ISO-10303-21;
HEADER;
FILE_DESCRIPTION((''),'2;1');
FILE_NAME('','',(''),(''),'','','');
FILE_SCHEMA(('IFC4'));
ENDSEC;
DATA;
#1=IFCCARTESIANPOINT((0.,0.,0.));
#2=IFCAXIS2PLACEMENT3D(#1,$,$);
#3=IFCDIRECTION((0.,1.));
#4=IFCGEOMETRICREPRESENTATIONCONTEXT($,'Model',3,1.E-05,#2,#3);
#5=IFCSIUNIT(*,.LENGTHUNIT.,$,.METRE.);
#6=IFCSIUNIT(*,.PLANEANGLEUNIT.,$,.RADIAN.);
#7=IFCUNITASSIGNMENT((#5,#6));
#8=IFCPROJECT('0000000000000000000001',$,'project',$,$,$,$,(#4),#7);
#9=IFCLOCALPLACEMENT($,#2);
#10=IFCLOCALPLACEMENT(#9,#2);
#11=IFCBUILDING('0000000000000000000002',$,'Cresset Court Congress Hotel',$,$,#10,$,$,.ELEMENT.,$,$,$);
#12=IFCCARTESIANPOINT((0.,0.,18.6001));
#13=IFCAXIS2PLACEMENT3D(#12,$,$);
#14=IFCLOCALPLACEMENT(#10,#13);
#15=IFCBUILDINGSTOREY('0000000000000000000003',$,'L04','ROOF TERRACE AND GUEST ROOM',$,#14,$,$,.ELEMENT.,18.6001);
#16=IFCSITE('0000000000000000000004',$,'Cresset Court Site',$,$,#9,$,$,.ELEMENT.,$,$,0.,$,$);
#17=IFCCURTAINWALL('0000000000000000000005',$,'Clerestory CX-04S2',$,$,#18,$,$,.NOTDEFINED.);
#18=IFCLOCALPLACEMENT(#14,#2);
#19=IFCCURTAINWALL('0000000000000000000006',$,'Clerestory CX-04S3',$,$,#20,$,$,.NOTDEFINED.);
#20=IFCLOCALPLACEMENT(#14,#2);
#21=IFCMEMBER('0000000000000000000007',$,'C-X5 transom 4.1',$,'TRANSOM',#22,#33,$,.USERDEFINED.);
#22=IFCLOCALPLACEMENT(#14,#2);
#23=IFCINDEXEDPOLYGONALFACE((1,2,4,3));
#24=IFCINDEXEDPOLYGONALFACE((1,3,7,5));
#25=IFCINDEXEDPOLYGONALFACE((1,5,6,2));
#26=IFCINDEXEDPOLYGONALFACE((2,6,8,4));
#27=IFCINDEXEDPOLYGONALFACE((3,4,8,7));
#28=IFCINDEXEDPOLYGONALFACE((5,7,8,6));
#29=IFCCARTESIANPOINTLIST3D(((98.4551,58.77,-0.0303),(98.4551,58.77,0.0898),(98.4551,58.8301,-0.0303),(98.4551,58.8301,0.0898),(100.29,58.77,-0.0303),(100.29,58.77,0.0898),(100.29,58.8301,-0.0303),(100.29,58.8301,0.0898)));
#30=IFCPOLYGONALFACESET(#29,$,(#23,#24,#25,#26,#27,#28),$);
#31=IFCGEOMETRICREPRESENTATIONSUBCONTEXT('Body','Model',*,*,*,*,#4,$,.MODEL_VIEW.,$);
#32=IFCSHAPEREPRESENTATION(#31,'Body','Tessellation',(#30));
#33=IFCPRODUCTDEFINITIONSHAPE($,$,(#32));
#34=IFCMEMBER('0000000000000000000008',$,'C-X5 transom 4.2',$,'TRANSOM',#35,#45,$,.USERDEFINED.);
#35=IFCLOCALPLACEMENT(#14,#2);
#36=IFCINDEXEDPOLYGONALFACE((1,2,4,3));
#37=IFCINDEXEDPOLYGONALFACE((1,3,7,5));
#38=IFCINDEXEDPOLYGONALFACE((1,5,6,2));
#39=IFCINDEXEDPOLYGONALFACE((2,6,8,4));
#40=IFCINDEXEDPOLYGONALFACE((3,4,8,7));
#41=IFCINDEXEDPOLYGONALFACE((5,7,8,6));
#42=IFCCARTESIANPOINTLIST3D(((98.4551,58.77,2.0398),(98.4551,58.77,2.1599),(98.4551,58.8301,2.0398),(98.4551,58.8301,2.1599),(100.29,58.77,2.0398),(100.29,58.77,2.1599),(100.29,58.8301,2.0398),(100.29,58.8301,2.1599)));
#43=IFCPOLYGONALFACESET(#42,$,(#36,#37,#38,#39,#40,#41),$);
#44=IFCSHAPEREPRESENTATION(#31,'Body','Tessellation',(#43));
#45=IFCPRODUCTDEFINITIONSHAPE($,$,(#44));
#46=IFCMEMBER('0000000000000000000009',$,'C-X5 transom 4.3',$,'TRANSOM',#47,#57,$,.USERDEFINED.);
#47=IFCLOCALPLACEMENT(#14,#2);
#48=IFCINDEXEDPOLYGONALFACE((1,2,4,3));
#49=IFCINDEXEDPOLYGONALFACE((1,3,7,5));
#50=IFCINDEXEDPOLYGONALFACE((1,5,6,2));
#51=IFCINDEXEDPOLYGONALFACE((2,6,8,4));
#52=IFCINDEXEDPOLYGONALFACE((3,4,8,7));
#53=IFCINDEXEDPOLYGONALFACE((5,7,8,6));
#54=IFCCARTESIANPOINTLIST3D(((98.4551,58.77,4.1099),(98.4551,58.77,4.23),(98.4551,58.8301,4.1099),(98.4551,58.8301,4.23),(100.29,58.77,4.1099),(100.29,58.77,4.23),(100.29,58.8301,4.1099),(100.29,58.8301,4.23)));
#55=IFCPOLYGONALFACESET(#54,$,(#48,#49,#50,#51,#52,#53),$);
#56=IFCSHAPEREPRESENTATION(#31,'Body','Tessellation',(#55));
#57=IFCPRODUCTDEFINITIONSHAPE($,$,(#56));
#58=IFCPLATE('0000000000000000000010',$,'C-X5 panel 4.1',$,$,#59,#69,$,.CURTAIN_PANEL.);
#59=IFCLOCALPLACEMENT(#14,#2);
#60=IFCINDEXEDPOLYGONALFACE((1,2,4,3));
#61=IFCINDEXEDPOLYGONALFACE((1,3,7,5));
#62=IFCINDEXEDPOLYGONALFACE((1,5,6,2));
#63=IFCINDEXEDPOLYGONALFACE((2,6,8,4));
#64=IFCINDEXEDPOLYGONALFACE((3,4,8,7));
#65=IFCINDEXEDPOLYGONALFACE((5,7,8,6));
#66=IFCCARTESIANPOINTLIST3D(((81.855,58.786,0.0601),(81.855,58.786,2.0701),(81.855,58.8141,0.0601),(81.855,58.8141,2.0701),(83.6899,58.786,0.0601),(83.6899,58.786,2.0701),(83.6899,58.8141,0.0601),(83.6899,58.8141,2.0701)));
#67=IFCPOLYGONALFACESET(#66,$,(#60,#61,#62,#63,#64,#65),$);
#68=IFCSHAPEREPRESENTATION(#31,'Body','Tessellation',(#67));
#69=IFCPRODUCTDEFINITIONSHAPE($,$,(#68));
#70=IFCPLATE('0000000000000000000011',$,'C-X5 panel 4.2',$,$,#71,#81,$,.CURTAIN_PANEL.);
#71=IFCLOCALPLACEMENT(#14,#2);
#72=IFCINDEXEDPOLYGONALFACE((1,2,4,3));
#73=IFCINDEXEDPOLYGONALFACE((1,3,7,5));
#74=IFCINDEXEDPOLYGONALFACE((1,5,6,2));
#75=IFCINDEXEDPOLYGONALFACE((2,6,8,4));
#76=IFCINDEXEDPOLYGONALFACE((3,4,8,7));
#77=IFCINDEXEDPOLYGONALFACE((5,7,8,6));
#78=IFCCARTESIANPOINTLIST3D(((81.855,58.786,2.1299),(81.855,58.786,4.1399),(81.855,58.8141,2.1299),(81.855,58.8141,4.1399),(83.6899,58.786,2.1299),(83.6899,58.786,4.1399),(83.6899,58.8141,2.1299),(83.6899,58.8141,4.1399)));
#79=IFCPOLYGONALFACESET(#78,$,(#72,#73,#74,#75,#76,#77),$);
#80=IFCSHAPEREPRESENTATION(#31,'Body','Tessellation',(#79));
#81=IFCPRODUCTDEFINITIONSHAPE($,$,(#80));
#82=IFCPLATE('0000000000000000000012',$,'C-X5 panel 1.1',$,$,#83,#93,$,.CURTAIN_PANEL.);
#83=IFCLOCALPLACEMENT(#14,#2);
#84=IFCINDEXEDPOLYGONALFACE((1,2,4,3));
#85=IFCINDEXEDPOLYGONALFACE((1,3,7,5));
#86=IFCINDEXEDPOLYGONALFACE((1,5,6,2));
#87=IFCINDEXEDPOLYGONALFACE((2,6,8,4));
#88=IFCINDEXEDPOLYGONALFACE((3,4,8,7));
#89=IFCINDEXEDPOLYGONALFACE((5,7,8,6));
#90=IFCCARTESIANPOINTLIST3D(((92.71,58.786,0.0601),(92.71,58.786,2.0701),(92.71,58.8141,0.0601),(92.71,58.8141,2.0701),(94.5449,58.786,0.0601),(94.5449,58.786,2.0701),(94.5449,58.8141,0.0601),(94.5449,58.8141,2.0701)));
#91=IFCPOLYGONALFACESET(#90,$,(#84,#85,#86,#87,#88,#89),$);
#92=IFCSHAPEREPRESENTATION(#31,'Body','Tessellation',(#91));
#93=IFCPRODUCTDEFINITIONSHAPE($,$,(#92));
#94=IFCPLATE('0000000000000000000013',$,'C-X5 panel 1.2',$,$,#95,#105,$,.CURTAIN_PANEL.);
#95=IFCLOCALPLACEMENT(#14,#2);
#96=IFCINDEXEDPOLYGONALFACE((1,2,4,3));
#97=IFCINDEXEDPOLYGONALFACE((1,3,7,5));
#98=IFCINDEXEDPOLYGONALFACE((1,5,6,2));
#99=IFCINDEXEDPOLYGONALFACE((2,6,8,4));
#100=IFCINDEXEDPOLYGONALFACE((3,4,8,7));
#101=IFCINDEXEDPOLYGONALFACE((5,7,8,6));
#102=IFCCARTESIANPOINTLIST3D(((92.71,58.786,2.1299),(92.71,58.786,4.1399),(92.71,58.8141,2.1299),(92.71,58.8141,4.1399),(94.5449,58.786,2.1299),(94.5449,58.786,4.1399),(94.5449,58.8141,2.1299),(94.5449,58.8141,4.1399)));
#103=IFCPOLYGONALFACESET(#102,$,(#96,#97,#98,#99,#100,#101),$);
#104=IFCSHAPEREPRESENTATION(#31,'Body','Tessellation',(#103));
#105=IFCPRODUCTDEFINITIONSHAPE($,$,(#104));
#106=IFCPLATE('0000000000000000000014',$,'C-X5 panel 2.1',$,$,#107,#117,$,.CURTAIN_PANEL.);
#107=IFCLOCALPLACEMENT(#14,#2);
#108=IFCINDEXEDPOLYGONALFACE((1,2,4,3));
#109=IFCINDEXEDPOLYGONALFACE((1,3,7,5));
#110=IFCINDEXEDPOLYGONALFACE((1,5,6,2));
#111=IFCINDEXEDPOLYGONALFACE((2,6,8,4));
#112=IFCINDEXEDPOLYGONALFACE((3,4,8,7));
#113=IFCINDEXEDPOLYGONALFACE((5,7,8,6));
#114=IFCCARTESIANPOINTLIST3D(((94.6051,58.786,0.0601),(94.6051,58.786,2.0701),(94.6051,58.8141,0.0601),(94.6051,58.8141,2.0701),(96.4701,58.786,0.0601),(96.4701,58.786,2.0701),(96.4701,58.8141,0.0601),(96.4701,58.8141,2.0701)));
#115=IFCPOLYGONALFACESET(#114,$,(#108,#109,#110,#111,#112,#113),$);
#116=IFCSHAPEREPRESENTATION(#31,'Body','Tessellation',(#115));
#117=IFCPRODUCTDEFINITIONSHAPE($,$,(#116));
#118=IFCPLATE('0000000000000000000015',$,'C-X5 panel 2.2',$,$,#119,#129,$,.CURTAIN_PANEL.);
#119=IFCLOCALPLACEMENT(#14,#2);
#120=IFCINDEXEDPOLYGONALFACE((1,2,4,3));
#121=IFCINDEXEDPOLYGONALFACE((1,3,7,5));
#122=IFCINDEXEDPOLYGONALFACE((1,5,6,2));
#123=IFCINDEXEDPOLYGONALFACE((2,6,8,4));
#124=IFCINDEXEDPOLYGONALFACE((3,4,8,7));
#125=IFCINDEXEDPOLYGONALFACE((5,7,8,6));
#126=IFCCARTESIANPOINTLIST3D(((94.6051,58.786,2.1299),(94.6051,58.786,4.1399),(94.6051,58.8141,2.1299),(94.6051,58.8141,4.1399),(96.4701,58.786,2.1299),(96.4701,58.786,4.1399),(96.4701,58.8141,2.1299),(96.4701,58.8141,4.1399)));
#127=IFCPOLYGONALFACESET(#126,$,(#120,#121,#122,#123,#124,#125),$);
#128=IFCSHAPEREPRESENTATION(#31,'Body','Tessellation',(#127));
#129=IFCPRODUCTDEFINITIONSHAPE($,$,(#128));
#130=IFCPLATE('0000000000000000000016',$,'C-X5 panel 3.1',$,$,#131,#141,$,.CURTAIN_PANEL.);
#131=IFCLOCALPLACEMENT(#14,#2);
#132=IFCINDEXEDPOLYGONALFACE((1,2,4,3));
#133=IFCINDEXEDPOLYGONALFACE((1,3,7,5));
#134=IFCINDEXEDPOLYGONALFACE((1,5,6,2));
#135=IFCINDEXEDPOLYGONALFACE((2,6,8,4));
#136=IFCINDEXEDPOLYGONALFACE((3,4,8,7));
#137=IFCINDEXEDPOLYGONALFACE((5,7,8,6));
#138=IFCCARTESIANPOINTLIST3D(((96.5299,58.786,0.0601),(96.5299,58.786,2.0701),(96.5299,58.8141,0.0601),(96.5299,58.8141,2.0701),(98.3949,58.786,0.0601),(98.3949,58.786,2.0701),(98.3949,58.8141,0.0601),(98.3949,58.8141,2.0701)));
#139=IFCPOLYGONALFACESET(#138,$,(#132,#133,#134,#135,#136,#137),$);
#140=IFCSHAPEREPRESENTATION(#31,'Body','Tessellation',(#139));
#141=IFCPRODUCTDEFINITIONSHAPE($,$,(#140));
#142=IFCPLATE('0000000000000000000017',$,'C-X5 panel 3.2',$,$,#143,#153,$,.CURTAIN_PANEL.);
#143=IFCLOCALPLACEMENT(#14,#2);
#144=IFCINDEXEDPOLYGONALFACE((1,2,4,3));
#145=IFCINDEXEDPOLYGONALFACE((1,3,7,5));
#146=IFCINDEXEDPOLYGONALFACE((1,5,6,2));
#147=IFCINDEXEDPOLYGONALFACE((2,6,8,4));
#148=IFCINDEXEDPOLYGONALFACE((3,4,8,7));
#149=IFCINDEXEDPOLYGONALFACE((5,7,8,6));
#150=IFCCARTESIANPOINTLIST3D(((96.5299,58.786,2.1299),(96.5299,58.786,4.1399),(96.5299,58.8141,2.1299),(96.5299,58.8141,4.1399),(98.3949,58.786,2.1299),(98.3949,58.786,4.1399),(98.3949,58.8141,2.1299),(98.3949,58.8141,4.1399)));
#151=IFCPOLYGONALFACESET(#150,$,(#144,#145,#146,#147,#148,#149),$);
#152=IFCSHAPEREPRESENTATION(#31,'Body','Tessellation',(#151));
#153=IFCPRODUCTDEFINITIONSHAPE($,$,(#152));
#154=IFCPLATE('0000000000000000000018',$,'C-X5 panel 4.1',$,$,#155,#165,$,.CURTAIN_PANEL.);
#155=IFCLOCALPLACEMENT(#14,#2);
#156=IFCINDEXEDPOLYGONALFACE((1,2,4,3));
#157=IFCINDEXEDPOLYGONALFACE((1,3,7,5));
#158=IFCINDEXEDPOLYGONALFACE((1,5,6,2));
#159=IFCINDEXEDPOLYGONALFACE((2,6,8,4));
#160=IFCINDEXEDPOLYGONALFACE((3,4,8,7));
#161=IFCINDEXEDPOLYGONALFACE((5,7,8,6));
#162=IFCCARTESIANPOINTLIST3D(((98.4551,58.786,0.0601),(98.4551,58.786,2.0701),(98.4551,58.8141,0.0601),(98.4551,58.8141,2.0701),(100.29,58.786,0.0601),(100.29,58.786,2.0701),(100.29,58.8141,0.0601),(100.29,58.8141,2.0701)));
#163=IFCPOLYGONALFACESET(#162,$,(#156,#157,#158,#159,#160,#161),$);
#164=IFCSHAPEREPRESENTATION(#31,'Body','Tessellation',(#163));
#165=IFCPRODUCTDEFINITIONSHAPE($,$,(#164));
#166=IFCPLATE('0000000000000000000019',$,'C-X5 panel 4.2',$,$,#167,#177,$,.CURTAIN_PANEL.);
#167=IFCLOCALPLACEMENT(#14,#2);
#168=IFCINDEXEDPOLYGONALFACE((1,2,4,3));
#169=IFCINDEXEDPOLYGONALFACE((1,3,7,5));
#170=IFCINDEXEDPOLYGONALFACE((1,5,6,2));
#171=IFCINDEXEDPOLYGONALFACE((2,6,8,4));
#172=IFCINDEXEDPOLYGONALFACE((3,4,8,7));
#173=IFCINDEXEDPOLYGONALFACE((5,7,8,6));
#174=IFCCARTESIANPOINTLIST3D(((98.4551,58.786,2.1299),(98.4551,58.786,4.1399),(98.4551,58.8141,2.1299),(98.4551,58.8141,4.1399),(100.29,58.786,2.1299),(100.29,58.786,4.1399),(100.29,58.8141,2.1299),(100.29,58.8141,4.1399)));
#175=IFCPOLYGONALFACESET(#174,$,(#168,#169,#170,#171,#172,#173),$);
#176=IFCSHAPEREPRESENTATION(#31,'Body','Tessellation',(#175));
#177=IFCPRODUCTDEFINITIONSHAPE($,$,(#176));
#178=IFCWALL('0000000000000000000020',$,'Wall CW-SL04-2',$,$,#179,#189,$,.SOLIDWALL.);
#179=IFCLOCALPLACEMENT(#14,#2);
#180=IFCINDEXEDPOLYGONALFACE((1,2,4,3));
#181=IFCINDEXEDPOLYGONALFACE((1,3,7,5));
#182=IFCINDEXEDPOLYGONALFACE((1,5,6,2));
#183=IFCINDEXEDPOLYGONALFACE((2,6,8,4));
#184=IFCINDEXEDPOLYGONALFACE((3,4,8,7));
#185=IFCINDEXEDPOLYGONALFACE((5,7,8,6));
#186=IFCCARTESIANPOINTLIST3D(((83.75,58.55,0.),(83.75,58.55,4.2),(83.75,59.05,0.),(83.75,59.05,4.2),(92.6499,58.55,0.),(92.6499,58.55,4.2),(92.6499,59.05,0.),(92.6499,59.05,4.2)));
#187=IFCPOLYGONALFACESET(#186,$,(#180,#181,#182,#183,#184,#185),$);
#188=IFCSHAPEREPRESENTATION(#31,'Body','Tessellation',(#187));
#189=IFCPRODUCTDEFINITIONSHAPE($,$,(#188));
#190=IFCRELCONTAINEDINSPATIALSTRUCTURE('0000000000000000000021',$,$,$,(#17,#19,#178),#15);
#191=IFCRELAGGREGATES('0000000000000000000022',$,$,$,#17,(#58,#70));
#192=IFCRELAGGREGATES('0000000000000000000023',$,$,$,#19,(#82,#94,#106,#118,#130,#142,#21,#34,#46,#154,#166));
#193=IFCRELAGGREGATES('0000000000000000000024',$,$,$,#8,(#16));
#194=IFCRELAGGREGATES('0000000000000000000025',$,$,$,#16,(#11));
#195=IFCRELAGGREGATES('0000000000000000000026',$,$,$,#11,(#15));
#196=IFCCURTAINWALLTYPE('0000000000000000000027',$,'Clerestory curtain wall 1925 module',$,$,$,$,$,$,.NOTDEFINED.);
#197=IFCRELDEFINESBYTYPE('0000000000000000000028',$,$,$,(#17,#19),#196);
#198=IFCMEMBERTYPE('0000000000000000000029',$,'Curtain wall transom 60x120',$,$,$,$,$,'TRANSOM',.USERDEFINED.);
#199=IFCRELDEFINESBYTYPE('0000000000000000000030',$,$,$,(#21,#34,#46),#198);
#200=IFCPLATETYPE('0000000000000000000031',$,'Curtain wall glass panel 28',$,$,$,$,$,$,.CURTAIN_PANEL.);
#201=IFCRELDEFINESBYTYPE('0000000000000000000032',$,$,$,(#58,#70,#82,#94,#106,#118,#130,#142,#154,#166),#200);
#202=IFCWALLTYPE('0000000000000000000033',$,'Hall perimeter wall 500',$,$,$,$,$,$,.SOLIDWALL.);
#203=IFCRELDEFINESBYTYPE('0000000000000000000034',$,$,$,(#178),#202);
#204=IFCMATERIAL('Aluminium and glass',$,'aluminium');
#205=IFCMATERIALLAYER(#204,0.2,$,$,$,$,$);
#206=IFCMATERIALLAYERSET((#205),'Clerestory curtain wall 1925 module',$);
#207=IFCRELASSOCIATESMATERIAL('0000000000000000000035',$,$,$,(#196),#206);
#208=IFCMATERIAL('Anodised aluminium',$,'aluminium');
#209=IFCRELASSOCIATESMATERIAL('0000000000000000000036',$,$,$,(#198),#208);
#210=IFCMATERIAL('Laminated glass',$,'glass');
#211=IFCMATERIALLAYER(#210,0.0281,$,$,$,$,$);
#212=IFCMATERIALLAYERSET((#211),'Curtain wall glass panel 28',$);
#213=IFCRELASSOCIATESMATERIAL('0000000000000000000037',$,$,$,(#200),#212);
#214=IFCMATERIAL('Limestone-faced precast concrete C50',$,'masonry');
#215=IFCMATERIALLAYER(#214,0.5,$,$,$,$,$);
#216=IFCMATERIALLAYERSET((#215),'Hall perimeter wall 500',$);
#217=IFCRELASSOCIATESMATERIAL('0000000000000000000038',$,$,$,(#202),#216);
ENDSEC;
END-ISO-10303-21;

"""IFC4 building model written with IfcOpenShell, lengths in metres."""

from ifc_helpers import new_model, si_unit, direction, frame, frame_2d, origin, origin_2d, place, context, subcontext, project, spatial, rectangle, extrude, material, layer, layer_set, material_profile, profile_set, type_object, element, aggregate, save


model = new_model("IFC4")

# Units and contexts
model_context = context("Model", 3, precision=1e-05, world=origin(), true_north=direction((0.0, 1.0)))
body_context = subcontext(model_context, "Body", "Model", "MODEL_VIEW")
ifc_project = project(units=[si_unit("LENGTHUNIT", "METRE"), si_unit("PLANEANGLEUNIT", "RADIAN")], contexts=[model_context])

# Site, building, storey
site_placement = place(None, origin())
site = spatial("IfcSite", under=ifc_project, at=site_placement, Name="Cresset Court Site", CompositionType="ELEMENT", RefElevation=0.0)
building_placement = place(site_placement, origin())
building = spatial("IfcBuilding", under=site, at=building_placement, Name="Cresset Court Congress Hotel", CompositionType="ELEMENT")
storey_placement = place(building_placement, frame((0.0, 0.0, 18.6001)))
storey = spatial("IfcBuildingStorey", under=building, at=storey_placement, Name="L04", Description="ROOF TERRACE AND GUEST ROOM", CompositionType="ELEMENT", Elevation=18.6001)

# Curtain wall
ifc_material_1 = material(Name="Aluminium and glass", Category="aluminium")
ifc_layer_1 = layer(ifc_material_1, 0.2)
ifc_layer_set_1 = layer_set([ifc_layer_1], Name="Clerestory curtain wall 1925 module")
curtain_wall_type = type_object("IfcCurtainWallType", Name="Clerestory curtain wall 1925 module", PredefinedType="NOTDEFINED", material=ifc_layer_set_1)
curtain_wall_1_placement = place(storey_placement, origin())
curtain_wall_1 = element("IfcCurtainWall", 1, at=curtain_wall_1_placement, inside=storey, type_object=curtain_wall_type, Name="Clerestory CX-04S2", PredefinedType="NOTDEFINED")

# Curtain wall, members
curtain_wall_2_placement = place(storey_placement, origin())
curtain_wall_2 = element("IfcCurtainWall", 2, at=curtain_wall_2_placement, inside=storey, type_object=curtain_wall_type, Name="Clerestory CX-04S3", PredefinedType="NOTDEFINED")
ifc_material_2 = material(Name="Anodised aluminium", Category="aluminium")
ifc_material_profile_1 = material_profile(ifc_material_2, rectangle(XDim=0.0601, YDim=0.1201, at=origin_2d()), Name="AL60x120")
ifc_profile_set_1 = profile_set([ifc_material_profile_1], Name="Anodised aluminium")
member_type_1 = type_object("IfcMemberType", Name="Curtain wall transom 60x120", ElementType="TRANSOM", PredefinedType="USERDEFINED", material=ifc_profile_set_1)
member_1_placement = place(storey_placement, frame((98.4551, 58.8, 0.0298), z_axis=(1.0, 0.0, 0.0), x_axis=(0.0, 1.0, 0.0)))
member_1 = element("IfcMember", 3, at=member_1_placement, type_object=member_type_1, Name="C-X5 transom 4.1", ObjectType="TRANSOM", PredefinedType="USERDEFINED", context=body_context, shape_type="SweptSolid", body=[
    extrude(rectangle(XDim=0.0601, YDim=0.1201, at=origin_2d()), origin(), (0.0, 0.0, 1.0), 1.835),
])
member_2_placement = place(storey_placement, frame((98.4551, 58.8, 2.0999), z_axis=(1.0, 0.0, 0.0), x_axis=(0.0, 1.0, 0.0)))
member_2 = element("IfcMember", 4, at=member_2_placement, type_object=member_type_1, Name="C-X5 transom 4.2", ObjectType="TRANSOM", PredefinedType="USERDEFINED", context=body_context, shape_type="SweptSolid", body=[
    extrude(rectangle(XDim=0.0601, YDim=0.1201, at=origin_2d()), origin(), (0.0, 0.0, 1.0), 1.835),
])
member_3_placement = place(storey_placement, frame((98.4551, 58.8, 4.1699), z_axis=(1.0, 0.0, 0.0), x_axis=(0.0, 1.0, 0.0)))
member_3 = element("IfcMember", 5, at=member_3_placement, type_object=member_type_1, Name="C-X5 transom 4.3", ObjectType="TRANSOM", PredefinedType="USERDEFINED", context=body_context, shape_type="SweptSolid", body=[
    extrude(rectangle(XDim=0.0601, YDim=0.1201, at=origin_2d()), origin(), (0.0, 0.0, 1.0), 1.835),
])

# Plates
ifc_material_3 = material(Name="Laminated glass", Category="glass")
ifc_layer_2 = layer(ifc_material_3, 0.0281)
ifc_layer_set_2 = layer_set([ifc_layer_2], Name="Curtain wall glass panel 28")
plate_type = type_object("IfcPlateType", Name="Curtain wall glass panel 28", PredefinedType="CURTAIN_PANEL", material=ifc_layer_set_2)
plate_1_placement = place(storey_placement, frame((82.7725, 58.8, 0.0601), z_axis=(0.0, 0.0, 1.0), x_axis=(1.0, 0.0, 0.0)))
plate_1 = element("IfcPlate", 6, at=plate_1_placement, type_object=plate_type, Name="C-X5 panel 4.1", PredefinedType="CURTAIN_PANEL", context=body_context, shape_type="SweptSolid", body=[
    extrude(rectangle(XDim=1.835, YDim=0.0281, at=origin_2d()), origin(), (0.0, 0.0, 1.0), 2.01),
])
plate_2_placement = place(storey_placement, frame((82.7725, 58.8, 2.1299), z_axis=(0.0, 0.0, 1.0), x_axis=(1.0, 0.0, 0.0)))
plate_2 = element("IfcPlate", 7, at=plate_2_placement, type_object=plate_type, Name="C-X5 panel 4.2", PredefinedType="CURTAIN_PANEL", context=body_context, shape_type="SweptSolid", body=[
    extrude(rectangle(XDim=1.835, YDim=0.0281, at=origin_2d()), origin(), (0.0, 0.0, 1.0), 2.01),
])
aggregate(curtain_wall_1, [plate_1, plate_2])
plate_3_placement = place(storey_placement, frame((93.6274, 58.8, 0.0601), z_axis=(0.0, 0.0, 1.0), x_axis=(1.0, 0.0, 0.0)))
plate_3 = element("IfcPlate", 8, at=plate_3_placement, type_object=plate_type, Name="C-X5 panel 1.1", PredefinedType="CURTAIN_PANEL", context=body_context, shape_type="SweptSolid", body=[
    extrude(rectangle(XDim=1.835, YDim=0.0281, at=origin_2d()), origin(), (0.0, 0.0, 1.0), 2.01),
])
plate_4_placement = place(storey_placement, frame((93.6274, 58.8, 2.1299), z_axis=(0.0, 0.0, 1.0), x_axis=(1.0, 0.0, 0.0)))
plate_4 = element("IfcPlate", 9, at=plate_4_placement, type_object=plate_type, Name="C-X5 panel 1.2", PredefinedType="CURTAIN_PANEL", context=body_context, shape_type="SweptSolid", body=[
    extrude(rectangle(XDim=1.835, YDim=0.0281, at=origin_2d()), origin(), (0.0, 0.0, 1.0), 2.01),
])
plate_5_placement = place(storey_placement, frame((95.5376, 58.8, 0.0601), z_axis=(0.0, 0.0, 1.0), x_axis=(1.0, 0.0, 0.0)))
plate_5 = element("IfcPlate", 10, at=plate_5_placement, type_object=plate_type, Name="C-X5 panel 2.1", PredefinedType="CURTAIN_PANEL", context=body_context, shape_type="SweptSolid", body=[
    extrude(rectangle(XDim=1.865, YDim=0.0281, at=origin_2d()), origin(), (0.0, 0.0, 1.0), 2.01),
])
plate_6_placement = place(storey_placement, frame((95.5376, 58.8, 2.1299), z_axis=(0.0, 0.0, 1.0), x_axis=(1.0, 0.0, 0.0)))
plate_6 = element("IfcPlate", 11, at=plate_6_placement, type_object=plate_type, Name="C-X5 panel 2.2", PredefinedType="CURTAIN_PANEL", context=body_context, shape_type="SweptSolid", body=[
    extrude(rectangle(XDim=1.865, YDim=0.0281, at=origin_2d()), origin(), (0.0, 0.0, 1.0), 2.01),
])
plate_7_placement = place(storey_placement, frame((97.4624, 58.8, 0.0601), z_axis=(0.0, 0.0, 1.0), x_axis=(1.0, 0.0, 0.0)))
plate_7 = element("IfcPlate", 12, at=plate_7_placement, type_object=plate_type, Name="C-X5 panel 3.1", PredefinedType="CURTAIN_PANEL", context=body_context, shape_type="SweptSolid", body=[
    extrude(rectangle(XDim=1.865, YDim=0.0281, at=origin_2d()), origin(), (0.0, 0.0, 1.0), 2.01),
])
plate_8_placement = place(storey_placement, frame((97.4624, 58.8, 2.1299), z_axis=(0.0, 0.0, 1.0), x_axis=(1.0, 0.0, 0.0)))
plate_8 = element("IfcPlate", 13, at=plate_8_placement, type_object=plate_type, Name="C-X5 panel 3.2", PredefinedType="CURTAIN_PANEL", context=body_context, shape_type="SweptSolid", body=[
    extrude(rectangle(XDim=1.865, YDim=0.0281, at=origin_2d()), origin(), (0.0, 0.0, 1.0), 2.01),
])
plate_9_placement = place(storey_placement, frame((99.3726, 58.8, 0.0601), z_axis=(0.0, 0.0, 1.0), x_axis=(1.0, 0.0, 0.0)))
plate_9 = element("IfcPlate", 14, at=plate_9_placement, type_object=plate_type, Name="C-X5 panel 4.1", PredefinedType="CURTAIN_PANEL", context=body_context, shape_type="SweptSolid", body=[
    extrude(rectangle(XDim=1.835, YDim=0.0281, at=origin_2d()), origin(), (0.0, 0.0, 1.0), 2.01),
])
plate_10_placement = place(storey_placement, frame((99.3726, 58.8, 2.1299), z_axis=(0.0, 0.0, 1.0), x_axis=(1.0, 0.0, 0.0)))
plate_10 = element("IfcPlate", 15, at=plate_10_placement, type_object=plate_type, Name="C-X5 panel 4.2", PredefinedType="CURTAIN_PANEL", context=body_context, shape_type="SweptSolid", body=[
    extrude(rectangle(XDim=1.835, YDim=0.0281, at=origin_2d()), origin(), (0.0, 0.0, 1.0), 2.01),
])
aggregate(curtain_wall_2, [plate_3, plate_4, plate_5, plate_6, plate_7, plate_8, member_1, member_2, member_3, plate_9, plate_10])

# Wall
ifc_material_4 = material(Name="Limestone-faced precast concrete C50", Category="masonry")
ifc_layer_3 = layer(ifc_material_4, 0.5)
ifc_layer_set_3 = layer_set([ifc_layer_3], Name="Hall perimeter wall 500")
wall_type_1 = type_object("IfcWallType", Name="Hall perimeter wall 500", PredefinedType="SOLIDWALL", material=ifc_layer_set_3)
wall_1_placement = place(storey_placement, frame((92.6499, 58.8, 0.0), z_axis=(0.0, 0.0, 1.0), x_axis=(-1.0, 0.0, 0.0)))
element("IfcWall", 16, at=wall_1_placement, inside=storey, type_object=wall_type_1, Name="Wall CW-SL04-2", PredefinedType="SOLIDWALL", context=body_context, shape_type="SweptSolid", body=[
    extrude(rectangle(XDim=8.8999, YDim=0.5, at=frame_2d((4.45, 0.0))), origin(), (0.0, 0.0, 1.0), 4.2),
])

save(model, "model.ifc")
